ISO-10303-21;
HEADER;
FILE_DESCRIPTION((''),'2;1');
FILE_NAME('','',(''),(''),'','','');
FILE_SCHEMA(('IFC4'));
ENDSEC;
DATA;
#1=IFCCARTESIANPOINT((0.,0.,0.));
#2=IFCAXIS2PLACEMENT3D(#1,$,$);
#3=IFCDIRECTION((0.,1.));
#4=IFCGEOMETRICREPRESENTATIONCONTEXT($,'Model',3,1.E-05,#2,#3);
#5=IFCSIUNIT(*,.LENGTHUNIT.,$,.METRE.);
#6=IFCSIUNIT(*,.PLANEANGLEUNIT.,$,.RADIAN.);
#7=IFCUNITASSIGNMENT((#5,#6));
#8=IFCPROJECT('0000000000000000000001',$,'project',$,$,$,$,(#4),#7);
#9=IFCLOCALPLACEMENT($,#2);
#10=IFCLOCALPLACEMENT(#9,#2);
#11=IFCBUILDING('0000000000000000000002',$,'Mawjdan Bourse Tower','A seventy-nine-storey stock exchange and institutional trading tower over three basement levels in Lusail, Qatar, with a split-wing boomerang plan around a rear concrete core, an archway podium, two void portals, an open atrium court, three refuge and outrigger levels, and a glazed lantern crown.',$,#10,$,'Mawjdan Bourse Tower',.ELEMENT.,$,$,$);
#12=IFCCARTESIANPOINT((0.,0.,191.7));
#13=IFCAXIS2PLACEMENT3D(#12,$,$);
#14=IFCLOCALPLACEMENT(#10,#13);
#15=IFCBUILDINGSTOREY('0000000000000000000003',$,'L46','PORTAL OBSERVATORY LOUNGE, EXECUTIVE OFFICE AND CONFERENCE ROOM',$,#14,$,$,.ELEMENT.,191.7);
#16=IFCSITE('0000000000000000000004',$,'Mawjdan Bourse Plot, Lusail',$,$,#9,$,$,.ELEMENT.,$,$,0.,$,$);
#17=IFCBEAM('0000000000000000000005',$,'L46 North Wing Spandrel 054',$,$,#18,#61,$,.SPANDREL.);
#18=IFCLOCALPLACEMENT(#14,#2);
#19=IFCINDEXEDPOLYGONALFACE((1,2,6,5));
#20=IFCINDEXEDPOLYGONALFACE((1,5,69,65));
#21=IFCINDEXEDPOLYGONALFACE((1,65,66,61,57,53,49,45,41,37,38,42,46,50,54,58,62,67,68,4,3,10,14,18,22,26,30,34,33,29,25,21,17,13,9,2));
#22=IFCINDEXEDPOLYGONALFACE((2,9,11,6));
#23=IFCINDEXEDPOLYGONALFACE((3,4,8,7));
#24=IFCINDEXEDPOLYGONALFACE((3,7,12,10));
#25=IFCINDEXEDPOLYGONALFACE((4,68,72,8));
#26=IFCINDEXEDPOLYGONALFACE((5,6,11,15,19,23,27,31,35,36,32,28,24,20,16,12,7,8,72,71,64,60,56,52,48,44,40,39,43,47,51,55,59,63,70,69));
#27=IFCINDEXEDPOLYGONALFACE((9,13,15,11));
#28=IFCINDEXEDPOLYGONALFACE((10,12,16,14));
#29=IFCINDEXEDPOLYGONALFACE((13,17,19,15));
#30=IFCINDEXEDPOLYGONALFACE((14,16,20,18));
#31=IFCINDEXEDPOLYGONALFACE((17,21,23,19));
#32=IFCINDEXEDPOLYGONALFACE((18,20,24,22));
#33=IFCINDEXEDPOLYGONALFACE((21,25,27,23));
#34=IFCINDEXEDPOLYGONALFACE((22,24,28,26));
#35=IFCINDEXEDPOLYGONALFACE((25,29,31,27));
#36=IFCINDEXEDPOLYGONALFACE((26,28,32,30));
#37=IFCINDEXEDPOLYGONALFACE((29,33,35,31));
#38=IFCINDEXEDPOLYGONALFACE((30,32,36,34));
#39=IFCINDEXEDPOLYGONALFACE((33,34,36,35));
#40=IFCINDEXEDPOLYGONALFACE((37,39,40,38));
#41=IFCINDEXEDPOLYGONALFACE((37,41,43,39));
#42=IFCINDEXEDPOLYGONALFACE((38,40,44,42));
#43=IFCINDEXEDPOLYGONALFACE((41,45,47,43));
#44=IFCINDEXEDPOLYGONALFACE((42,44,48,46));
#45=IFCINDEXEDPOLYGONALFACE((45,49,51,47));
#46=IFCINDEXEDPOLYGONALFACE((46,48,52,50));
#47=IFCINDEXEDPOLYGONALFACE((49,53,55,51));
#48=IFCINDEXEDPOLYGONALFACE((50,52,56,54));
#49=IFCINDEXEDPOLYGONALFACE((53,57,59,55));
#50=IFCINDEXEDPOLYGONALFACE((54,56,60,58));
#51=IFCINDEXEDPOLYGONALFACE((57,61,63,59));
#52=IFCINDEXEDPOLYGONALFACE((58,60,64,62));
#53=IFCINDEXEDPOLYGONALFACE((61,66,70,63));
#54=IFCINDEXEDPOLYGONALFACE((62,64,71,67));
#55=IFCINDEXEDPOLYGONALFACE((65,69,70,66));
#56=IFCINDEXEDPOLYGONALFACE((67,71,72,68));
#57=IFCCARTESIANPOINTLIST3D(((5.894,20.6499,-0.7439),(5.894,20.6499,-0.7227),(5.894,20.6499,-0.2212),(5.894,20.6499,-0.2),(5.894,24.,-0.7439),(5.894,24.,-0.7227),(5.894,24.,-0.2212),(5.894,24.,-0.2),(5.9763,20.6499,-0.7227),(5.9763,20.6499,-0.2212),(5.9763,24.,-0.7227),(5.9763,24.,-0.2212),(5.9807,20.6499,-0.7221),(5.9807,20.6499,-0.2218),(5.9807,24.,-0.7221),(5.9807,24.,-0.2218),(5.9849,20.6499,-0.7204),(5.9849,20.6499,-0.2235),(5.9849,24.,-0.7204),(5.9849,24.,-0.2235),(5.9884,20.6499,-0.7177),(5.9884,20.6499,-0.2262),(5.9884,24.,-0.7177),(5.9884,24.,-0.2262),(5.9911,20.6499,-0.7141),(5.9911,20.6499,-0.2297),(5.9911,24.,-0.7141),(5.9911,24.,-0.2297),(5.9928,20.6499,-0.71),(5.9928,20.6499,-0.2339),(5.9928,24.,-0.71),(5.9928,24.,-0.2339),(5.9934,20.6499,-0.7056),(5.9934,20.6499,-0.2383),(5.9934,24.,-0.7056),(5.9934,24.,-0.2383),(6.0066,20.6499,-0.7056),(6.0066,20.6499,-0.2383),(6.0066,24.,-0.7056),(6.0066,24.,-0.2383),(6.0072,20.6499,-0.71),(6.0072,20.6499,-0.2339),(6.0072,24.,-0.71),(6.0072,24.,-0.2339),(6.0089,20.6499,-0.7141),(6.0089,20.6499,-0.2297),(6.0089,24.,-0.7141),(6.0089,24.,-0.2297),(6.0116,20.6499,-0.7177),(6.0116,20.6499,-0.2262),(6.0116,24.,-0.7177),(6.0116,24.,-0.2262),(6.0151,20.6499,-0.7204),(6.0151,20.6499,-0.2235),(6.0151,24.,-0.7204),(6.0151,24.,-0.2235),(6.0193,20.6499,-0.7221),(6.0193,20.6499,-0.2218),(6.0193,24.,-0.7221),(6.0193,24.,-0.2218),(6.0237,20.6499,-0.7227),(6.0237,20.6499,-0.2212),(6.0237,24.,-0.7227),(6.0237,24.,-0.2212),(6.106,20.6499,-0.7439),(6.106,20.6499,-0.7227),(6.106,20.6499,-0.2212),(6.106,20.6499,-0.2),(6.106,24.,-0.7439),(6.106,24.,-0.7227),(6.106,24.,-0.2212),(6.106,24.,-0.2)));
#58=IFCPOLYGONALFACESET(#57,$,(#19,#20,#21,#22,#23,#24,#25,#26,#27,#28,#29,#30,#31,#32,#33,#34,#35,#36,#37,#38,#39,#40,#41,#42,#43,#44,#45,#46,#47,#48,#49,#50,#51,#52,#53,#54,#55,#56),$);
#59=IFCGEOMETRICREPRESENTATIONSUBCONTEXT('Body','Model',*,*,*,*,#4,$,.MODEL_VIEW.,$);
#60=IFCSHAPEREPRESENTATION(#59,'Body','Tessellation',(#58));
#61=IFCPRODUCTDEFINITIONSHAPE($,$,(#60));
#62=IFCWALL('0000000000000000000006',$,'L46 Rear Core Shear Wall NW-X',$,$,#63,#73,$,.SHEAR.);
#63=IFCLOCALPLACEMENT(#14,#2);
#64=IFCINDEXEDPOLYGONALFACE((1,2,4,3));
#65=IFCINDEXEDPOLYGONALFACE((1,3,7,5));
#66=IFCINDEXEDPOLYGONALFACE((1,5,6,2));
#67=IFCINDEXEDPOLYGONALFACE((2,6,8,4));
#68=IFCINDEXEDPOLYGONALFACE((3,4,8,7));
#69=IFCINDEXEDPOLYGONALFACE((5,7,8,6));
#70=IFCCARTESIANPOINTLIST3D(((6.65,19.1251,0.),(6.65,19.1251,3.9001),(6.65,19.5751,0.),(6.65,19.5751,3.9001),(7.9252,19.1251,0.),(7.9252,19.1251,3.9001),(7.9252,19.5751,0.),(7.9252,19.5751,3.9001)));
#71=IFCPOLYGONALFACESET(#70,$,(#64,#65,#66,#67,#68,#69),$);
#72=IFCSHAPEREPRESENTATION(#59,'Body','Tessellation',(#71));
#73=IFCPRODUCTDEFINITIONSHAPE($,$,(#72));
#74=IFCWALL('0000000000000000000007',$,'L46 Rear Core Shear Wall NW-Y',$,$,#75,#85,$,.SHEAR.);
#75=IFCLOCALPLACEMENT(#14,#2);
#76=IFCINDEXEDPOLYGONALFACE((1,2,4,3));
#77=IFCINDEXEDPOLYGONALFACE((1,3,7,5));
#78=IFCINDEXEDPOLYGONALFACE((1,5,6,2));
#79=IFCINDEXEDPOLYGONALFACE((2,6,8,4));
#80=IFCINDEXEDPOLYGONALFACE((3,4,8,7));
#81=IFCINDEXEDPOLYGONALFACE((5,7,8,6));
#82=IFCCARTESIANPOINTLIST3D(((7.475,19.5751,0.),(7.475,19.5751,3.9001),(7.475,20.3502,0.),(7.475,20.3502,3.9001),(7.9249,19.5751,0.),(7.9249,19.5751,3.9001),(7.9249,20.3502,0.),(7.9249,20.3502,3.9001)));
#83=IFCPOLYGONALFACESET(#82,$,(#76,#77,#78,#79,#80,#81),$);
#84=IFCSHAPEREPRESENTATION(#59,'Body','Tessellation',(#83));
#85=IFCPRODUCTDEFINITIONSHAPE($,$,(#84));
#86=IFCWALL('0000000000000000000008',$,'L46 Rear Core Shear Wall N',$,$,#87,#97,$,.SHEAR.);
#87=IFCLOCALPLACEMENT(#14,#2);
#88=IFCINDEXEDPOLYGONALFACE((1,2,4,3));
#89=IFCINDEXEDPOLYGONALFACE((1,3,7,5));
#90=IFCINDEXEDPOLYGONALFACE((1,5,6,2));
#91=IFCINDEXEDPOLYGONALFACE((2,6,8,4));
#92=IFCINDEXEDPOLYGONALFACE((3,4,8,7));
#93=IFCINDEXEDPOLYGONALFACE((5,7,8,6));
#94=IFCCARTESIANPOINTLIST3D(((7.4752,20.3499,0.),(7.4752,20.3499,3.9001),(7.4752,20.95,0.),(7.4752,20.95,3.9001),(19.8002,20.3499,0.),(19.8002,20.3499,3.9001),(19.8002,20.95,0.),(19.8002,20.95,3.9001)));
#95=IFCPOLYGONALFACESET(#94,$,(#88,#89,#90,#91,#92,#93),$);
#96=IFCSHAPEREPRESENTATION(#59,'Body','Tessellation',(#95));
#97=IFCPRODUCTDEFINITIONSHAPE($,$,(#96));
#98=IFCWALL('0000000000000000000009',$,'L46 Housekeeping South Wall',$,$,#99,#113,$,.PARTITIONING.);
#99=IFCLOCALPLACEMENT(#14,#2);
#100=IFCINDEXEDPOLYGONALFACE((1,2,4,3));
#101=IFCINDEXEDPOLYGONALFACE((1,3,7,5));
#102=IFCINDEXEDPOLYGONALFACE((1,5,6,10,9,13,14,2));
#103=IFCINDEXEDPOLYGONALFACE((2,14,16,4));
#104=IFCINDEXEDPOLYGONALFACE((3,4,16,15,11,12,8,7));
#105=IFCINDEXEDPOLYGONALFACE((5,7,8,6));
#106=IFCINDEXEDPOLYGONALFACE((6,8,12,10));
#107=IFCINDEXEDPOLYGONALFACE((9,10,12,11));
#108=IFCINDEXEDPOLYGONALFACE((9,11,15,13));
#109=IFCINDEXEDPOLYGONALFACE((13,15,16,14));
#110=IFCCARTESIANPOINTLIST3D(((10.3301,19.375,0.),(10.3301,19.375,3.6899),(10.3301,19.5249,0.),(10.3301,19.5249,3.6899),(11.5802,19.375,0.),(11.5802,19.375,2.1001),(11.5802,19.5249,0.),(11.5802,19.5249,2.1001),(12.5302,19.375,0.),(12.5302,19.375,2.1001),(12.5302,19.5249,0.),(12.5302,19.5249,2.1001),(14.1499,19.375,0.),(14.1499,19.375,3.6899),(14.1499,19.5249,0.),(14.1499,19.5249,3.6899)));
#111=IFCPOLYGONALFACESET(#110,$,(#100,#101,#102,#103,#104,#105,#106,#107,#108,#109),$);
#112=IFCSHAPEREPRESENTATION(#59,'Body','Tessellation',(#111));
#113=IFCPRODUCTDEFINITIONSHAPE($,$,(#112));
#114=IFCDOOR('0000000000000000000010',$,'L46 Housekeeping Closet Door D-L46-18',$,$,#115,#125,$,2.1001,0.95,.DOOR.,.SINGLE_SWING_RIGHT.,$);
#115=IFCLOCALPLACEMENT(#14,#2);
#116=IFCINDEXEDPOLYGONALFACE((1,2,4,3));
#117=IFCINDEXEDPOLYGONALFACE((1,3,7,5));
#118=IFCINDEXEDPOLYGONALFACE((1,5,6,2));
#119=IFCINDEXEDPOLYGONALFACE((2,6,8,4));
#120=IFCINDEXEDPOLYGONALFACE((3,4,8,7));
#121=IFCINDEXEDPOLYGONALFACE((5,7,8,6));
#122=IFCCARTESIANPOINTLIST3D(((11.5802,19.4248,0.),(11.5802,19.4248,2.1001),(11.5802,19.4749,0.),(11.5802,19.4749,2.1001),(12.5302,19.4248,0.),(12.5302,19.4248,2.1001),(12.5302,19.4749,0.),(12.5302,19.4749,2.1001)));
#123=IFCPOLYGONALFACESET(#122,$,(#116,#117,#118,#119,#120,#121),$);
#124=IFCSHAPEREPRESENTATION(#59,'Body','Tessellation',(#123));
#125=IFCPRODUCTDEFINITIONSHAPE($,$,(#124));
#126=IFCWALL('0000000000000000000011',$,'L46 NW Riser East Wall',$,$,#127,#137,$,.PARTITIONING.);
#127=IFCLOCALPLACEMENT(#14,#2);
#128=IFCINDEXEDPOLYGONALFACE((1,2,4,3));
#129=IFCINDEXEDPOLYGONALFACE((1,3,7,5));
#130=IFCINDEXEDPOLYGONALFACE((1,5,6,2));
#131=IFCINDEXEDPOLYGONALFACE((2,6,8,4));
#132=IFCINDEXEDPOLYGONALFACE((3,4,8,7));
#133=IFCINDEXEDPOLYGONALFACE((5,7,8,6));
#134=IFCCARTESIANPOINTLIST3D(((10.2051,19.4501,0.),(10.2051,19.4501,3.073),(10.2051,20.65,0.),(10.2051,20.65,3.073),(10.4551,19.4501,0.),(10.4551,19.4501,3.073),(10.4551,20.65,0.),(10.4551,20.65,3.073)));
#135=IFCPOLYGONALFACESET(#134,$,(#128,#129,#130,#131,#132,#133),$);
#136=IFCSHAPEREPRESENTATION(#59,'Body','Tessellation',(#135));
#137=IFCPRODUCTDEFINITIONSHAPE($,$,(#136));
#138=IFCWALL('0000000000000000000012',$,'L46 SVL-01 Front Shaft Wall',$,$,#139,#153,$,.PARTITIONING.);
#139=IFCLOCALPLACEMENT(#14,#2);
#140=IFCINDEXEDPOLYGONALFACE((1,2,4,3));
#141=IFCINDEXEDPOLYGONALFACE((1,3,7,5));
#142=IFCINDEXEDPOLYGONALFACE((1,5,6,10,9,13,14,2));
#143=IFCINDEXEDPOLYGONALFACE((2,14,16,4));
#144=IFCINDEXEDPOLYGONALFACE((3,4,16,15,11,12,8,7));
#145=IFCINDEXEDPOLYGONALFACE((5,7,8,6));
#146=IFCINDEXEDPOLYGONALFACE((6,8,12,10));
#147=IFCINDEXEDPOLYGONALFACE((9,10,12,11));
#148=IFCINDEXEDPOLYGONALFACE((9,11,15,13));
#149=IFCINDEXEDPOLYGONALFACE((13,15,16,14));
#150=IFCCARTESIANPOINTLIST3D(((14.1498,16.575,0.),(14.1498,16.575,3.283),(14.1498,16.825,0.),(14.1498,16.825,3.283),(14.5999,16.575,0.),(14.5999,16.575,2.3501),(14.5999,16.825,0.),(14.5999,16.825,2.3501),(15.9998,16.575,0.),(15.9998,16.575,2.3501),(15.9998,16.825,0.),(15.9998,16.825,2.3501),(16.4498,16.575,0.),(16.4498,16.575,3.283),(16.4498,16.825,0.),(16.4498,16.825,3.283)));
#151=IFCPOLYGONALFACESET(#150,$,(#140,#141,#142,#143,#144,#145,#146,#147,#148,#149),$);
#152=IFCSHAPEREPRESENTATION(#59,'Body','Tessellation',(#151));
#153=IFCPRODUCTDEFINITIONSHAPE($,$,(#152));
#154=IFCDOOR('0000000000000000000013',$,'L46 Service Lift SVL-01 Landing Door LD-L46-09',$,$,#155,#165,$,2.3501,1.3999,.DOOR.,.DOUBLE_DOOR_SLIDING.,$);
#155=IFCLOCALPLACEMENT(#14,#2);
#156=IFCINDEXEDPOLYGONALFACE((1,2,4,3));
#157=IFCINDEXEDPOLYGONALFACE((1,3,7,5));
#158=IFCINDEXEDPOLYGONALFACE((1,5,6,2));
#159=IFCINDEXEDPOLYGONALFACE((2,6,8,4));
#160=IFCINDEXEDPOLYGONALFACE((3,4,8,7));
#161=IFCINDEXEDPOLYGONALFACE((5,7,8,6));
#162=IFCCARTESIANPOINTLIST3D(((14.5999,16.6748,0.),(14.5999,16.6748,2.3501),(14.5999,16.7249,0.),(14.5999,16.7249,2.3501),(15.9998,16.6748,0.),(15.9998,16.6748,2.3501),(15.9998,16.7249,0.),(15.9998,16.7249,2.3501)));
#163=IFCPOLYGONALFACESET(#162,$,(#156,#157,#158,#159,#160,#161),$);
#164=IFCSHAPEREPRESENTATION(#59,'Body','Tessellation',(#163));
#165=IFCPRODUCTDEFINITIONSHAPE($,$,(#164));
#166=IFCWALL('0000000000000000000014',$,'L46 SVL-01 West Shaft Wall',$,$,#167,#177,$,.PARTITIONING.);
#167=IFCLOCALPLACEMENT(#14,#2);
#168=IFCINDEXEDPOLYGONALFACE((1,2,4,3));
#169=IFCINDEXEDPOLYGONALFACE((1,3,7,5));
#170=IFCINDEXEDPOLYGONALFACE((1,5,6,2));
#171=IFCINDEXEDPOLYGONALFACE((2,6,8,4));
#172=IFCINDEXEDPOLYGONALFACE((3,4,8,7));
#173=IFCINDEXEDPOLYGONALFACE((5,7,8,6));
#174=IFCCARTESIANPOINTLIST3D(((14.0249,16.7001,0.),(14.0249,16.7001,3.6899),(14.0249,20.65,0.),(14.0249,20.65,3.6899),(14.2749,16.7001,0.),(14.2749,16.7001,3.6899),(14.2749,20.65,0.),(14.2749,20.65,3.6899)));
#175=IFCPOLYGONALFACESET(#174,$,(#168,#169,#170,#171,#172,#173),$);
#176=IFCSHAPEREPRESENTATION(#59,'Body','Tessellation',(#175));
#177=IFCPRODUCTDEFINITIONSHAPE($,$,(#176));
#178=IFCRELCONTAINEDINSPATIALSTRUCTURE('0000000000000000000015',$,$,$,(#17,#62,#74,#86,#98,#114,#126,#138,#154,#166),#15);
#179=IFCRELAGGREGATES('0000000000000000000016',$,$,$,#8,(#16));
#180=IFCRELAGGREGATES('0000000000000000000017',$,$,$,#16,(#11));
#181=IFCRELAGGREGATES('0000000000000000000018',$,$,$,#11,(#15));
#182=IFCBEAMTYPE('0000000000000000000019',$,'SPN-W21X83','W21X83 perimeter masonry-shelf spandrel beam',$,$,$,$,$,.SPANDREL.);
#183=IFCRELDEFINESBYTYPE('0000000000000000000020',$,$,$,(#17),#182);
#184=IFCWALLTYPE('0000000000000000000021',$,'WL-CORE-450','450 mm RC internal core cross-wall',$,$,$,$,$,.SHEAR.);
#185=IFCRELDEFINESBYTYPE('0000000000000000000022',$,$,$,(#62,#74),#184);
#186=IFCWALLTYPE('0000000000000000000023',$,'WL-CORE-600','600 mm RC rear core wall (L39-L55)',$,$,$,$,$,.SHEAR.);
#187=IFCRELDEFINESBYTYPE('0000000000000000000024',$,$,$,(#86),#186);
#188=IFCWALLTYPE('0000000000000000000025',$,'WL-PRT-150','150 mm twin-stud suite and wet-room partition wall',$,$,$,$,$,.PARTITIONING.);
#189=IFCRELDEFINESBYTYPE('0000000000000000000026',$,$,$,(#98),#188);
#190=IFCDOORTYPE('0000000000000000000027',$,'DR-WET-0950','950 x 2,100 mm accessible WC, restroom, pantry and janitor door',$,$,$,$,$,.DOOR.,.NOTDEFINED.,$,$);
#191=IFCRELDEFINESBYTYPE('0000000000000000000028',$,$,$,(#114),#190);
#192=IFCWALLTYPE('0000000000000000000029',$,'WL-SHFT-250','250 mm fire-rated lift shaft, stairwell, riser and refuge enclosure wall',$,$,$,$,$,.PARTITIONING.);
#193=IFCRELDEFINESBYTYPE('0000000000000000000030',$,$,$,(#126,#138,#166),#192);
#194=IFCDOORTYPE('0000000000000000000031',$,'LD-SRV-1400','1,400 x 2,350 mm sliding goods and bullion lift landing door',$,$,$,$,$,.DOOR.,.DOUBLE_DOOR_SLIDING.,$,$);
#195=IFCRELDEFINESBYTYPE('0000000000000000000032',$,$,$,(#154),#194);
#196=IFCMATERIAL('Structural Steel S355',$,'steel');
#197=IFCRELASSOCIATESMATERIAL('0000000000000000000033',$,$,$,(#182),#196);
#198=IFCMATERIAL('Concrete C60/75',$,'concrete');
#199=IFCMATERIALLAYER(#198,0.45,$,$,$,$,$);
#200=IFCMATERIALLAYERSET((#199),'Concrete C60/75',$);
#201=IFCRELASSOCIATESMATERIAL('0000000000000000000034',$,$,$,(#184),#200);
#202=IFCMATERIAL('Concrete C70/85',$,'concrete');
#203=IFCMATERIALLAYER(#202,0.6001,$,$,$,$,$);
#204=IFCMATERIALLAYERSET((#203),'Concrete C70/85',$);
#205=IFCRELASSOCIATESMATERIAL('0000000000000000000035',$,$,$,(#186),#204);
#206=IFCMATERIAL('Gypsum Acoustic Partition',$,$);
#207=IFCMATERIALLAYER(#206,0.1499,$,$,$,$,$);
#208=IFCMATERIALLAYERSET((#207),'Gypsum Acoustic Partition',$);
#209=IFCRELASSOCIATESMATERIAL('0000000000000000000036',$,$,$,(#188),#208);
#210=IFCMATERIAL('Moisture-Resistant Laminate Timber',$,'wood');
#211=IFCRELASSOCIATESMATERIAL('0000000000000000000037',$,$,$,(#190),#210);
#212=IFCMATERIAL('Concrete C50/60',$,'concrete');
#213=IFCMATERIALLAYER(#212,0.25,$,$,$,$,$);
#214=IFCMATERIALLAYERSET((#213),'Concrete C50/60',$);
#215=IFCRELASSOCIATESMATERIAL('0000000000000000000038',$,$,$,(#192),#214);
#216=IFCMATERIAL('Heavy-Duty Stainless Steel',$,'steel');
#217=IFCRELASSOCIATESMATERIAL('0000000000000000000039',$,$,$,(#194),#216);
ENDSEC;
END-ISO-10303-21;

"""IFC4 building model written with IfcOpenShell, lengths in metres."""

from ifc_helpers import new_model, si_unit, direction, frame, frame_2d, origin, origin_2d, place, context, subcontext, project, spatial, rectangle, i_section, extrude, material, layer, layer_set, material_profile, profile_set, type_object, element, fill, save


model = new_model("IFC4")

# Units and contexts
model_context = context("Model", 3, precision=1e-05, world=origin(), true_north=direction((0.0, 1.0)))
body_context = subcontext(model_context, "Body", "Model", "MODEL_VIEW")
ifc_project = project(units=[si_unit("LENGTHUNIT", "METRE"), si_unit("PLANEANGLEUNIT", "RADIAN")], contexts=[model_context])

# Site, building, storey
site_placement = place(None, origin())
site = spatial("IfcSite", under=ifc_project, at=site_placement, Name="Mawjdan Bourse Plot, Lusail", CompositionType="ELEMENT", RefElevation=0.0)
building_placement = place(site_placement, origin())
building = spatial("IfcBuilding", under=site, at=building_placement, Name="Mawjdan Bourse Tower", Description="A seventy-nine-storey stock exchange and institutional trading tower over three basement levels in Lusail, Qatar, with a split-wing boomerang plan around a rear concrete core, an archway podium, two void portals, an open atrium court, three refuge and outrigger levels, and a glazed lantern crown.", LongName="Mawjdan Bourse Tower", CompositionType="ELEMENT")
storey_placement = place(building_placement, frame((0.0, 0.0, 191.7)))
storey = spatial("IfcBuildingStorey", under=building, at=storey_placement, Name="L46", Description="PORTAL OBSERVATORY LOUNGE, EXECUTIVE OFFICE AND CONFERENCE ROOM", CompositionType="ELEMENT", Elevation=191.7)

# Beam
ifc_material_1 = material(Name="Structural Steel S355", Category="steel")
ifc_material_profile_1 = material_profile(ifc_material_1, i_section(OverallWidth=0.2119, OverallDepth=0.5439, WebThickness=0.0132, FlangeThickness=0.0212, FilletRadius=0.0171, at=origin_2d()), Name="W21X83")
ifc_profile_set_1 = profile_set([ifc_material_profile_1], Name="Structural Steel S355")
beam_type_1 = type_object("IfcBeamType", Name="SPN-W21X83", Description="W21X83 perimeter masonry-shelf spandrel beam", PredefinedType="SPANDREL", material=ifc_profile_set_1)
beam_1_placement = place(storey_placement, frame((6.0, 20.6499, -0.4719), z_axis=(0.0, 1.0, 0.0), x_axis=(-1.0, 0.0, 0.0)))
element("IfcBeam", 1, at=beam_1_placement, inside=storey, type_object=beam_type_1, Name="L46 North Wing Spandrel 054", PredefinedType="SPANDREL", context=body_context, shape_type="SweptSolid", body=[
    extrude(i_section(OverallWidth=0.2119, OverallDepth=0.5439, WebThickness=0.0132, FlangeThickness=0.0212, FilletRadius=0.0171, at=origin_2d()), origin(), (0.0, 0.0, 1.0), 3.3501),
])

# Walls
ifc_material_2 = material(Name="Concrete C60/75", Category="concrete")
ifc_layer_1 = layer(ifc_material_2, 0.45)
ifc_layer_set_1 = layer_set([ifc_layer_1], Name="Concrete C60/75")
wall_type_1 = type_object("IfcWallType", Name="WL-CORE-450", Description="450 mm RC internal core cross-wall", PredefinedType="SHEAR", material=ifc_layer_set_1)
wall_1_placement = place(storey_placement, frame((6.6499, 19.3501, 0.0), z_axis=(0.0, 0.0, 1.0), x_axis=(1.0, 0.0, 0.0)))
element("IfcWall", 2, at=wall_1_placement, inside=storey, type_object=wall_type_1, Name="L46 Rear Core Shear Wall NW-X", PredefinedType="SHEAR", context=body_context, shape_type="SweptSolid", body=[
    extrude(rectangle(XDim=1.2751, YDim=0.45, at=frame_2d((0.6377, 0.0))), origin(), (0.0, 0.0, 1.0), 3.9001),
])
wall_2_placement = place(storey_placement, frame((7.7, 19.575, 0.0), z_axis=(0.0, 0.0, 1.0), x_axis=(0.0, 1.0, 0.0)))
element("IfcWall", 3, at=wall_2_placement, inside=storey, type_object=wall_type_1, Name="L46 Rear Core Shear Wall NW-Y", PredefinedType="SHEAR", context=body_context, shape_type="SweptSolid", body=[
    extrude(rectangle(XDim=0.7751, YDim=0.45, at=frame_2d((0.3877, 0.0))), origin(), (0.0, 0.0, 1.0), 3.9001),
])
ifc_material_3 = material(Name="Concrete C70/85", Category="concrete")
ifc_layer_2 = layer(ifc_material_3, 0.6001)
ifc_layer_set_2 = layer_set([ifc_layer_2], Name="Concrete C70/85")
wall_type_2 = type_object("IfcWallType", Name="WL-CORE-600", Description="600 mm RC rear core wall (L39-L55)", PredefinedType="SHEAR", material=ifc_layer_set_2)
wall_3_placement = place(storey_placement, frame((7.4751, 20.6499, 0.0), z_axis=(0.0, 0.0, 1.0), x_axis=(1.0, 0.0, 0.0)))
element("IfcWall", 4, at=wall_3_placement, inside=storey, type_object=wall_type_2, Name="L46 Rear Core Shear Wall N", PredefinedType="SHEAR", context=body_context, shape_type="SweptSolid", body=[
    extrude(rectangle(XDim=12.325, YDim=0.6001, at=frame_2d((6.1626, 0.0))), origin(), (0.0, 0.0, 1.0), 3.9001),
])

# Wall, opening, door
ifc_material_4 = material(Name="Gypsum Acoustic Partition")
ifc_layer_3 = layer(ifc_material_4, 0.1499)
ifc_layer_set_3 = layer_set([ifc_layer_3], Name="Gypsum Acoustic Partition")
wall_type_3 = type_object("IfcWallType", Name="WL-PRT-150", Description="150 mm twin-stud suite and wet-room partition wall", PredefinedType="PARTITIONING", material=ifc_layer_set_3)
wall_4_placement = place(storey_placement, frame((10.3301, 19.45, 0.0), z_axis=(0.0, 0.0, 1.0), x_axis=(1.0, 0.0, 0.0)))
wall_4 = element("IfcWall", 5, at=wall_4_placement, inside=storey, type_object=wall_type_3, Name="L46 Housekeeping South Wall", PredefinedType="PARTITIONING", context=body_context, shape_type="SweptSolid", body=[
    extrude(rectangle(XDim=3.8198, YDim=0.1499, at=frame_2d((1.9099, 0.0))), origin(), (0.0, 0.0, 1.0), 3.6899),
])
opening_1_placement = place(wall_4_placement, frame((1.25, 0.0, 0.0)))
opening_1 = element("IfcOpeningElement", 6, at=opening_1_placement, cuts=wall_4, PredefinedType="OPENING", context=body_context, shape_type="SweptSolid", body=[
    extrude(rectangle(XDim=0.95, YDim=2.1001, at=frame_2d((0.4751, 1.05))), frame((0.0, 0.085, 0.0), z_axis=(0.0, -1.0, 0.0), x_axis=(1.0, 0.0, 0.0)), (0.0, 0.0, 1.0), 0.1699),
])
ifc_material_5 = material(Name="Moisture-Resistant Laminate Timber", Category="wood")
door_type_1 = type_object("IfcDoorType", Name="DR-WET-0950", Description="950 x 2,100 mm accessible WC, restroom, pantry and janitor door", OperationType="NOTDEFINED", PredefinedType="DOOR", material=ifc_material_5)
door_1_placement = place(opening_1_placement, origin())
door_1 = element("IfcDoor", 7, at=door_1_placement, inside=storey, type_object=door_type_1, Name="L46 Housekeeping Closet Door D-L46-18", OperationType="SINGLE_SWING_RIGHT", OverallHeight=2.1001, OverallWidth=0.95, PredefinedType="DOOR", context=body_context, shape_type="SweptSolid", body=[
    extrude(rectangle(XDim=0.95, YDim=2.1001, at=frame_2d((0.4751, 1.05))), frame((0.0, 0.0249, 0.0), z_axis=(0.0, -1.0, 0.0), x_axis=(1.0, 0.0, 0.0)), (0.0, 0.0, 1.0), 0.05),
])
fill(opening_1, door_1)

# Wall
ifc_material_6 = material(Name="Concrete C50/60", Category="concrete")
ifc_layer_4 = layer(ifc_material_6, 0.25)
ifc_layer_set_4 = layer_set([ifc_layer_4], Name="Concrete C50/60")
wall_type_4 = type_object("IfcWallType", Name="WL-SHFT-250", Description="250 mm fire-rated lift shaft, stairwell, riser and refuge enclosure wall", PredefinedType="PARTITIONING", material=ifc_layer_set_4)
wall_5_placement = place(storey_placement, frame((10.3301, 19.45, 0.0), z_axis=(0.0, 0.0, 1.0), x_axis=(0.0, 1.0, 0.0)))
element("IfcWall", 8, at=wall_5_placement, inside=storey, type_object=wall_type_4, Name="L46 NW Riser East Wall", PredefinedType="PARTITIONING", context=body_context, shape_type="SweptSolid", body=[
    extrude(rectangle(XDim=1.2, YDim=0.25, at=frame_2d((0.6001, 0.0))), origin(), (0.0, 0.0, 1.0), 3.073),
])

# Wall, opening, door
wall_6_placement = place(storey_placement, frame((14.1499, 16.7, 0.0), z_axis=(0.0, 0.0, 1.0), x_axis=(1.0, 0.0, 0.0)))
wall_6 = element("IfcWall", 9, at=wall_6_placement, inside=storey, type_object=wall_type_4, Name="L46 SVL-01 Front Shaft Wall", PredefinedType="PARTITIONING", context=body_context, shape_type="SweptSolid", body=[
    extrude(rectangle(XDim=2.3, YDim=0.25, at=frame_2d((1.1499, 0.0))), origin(), (0.0, 0.0, 1.0), 3.283),
])
opening_2_placement = place(wall_6_placement, frame((0.45, 0.0, 0.0)))
opening_2 = element("IfcOpeningElement", 10, at=opening_2_placement, cuts=wall_6, PredefinedType="OPENING", context=body_context, shape_type="SweptSolid", body=[
    extrude(rectangle(XDim=1.3999, YDim=2.3501, at=frame_2d((0.7, 1.175))), frame((0.0, 0.135, 0.0), z_axis=(0.0, -1.0, 0.0), x_axis=(1.0, 0.0, 0.0)), (0.0, 0.0, 1.0), 0.27),
])
ifc_material_7 = material(Name="Heavy-Duty Stainless Steel", Category="steel")
door_type_2 = type_object("IfcDoorType", Name="LD-SRV-1400", Description="1,400 x 2,350 mm sliding goods and bullion lift landing door", OperationType="DOUBLE_DOOR_SLIDING", PredefinedType="DOOR", material=ifc_material_7)
door_2_placement = place(opening_2_placement, origin())
door_2 = element("IfcDoor", 11, at=door_2_placement, inside=storey, type_object=door_type_2, Name="L46 Service Lift SVL-01 Landing Door LD-L46-09", OperationType="DOUBLE_DOOR_SLIDING", OverallHeight=2.3501, OverallWidth=1.3999, PredefinedType="DOOR", context=body_context, shape_type="SweptSolid", body=[
    extrude(rectangle(XDim=1.3999, YDim=2.3501, at=frame_2d((0.7, 1.175))), frame((0.0, 0.0249, 0.0), z_axis=(0.0, -1.0, 0.0), x_axis=(1.0, 0.0, 0.0)), (0.0, 0.0, 1.0), 0.05),
])
fill(opening_2, door_2)

# Wall
wall_7_placement = place(storey_placement, frame((14.1499, 16.7, 0.0), z_axis=(0.0, 0.0, 1.0), x_axis=(0.0, 1.0, 0.0)))
element("IfcWall", 12, at=wall_7_placement, inside=storey, type_object=wall_type_4, Name="L46 SVL-01 West Shaft Wall", PredefinedType="PARTITIONING", context=body_context, shape_type="SweptSolid", body=[
    extrude(rectangle(XDim=3.95, YDim=0.25, at=frame_2d((1.9751, 0.0))), origin(), (0.0, 0.0, 1.0), 3.6899),
])

save(model, "model.ifc")
